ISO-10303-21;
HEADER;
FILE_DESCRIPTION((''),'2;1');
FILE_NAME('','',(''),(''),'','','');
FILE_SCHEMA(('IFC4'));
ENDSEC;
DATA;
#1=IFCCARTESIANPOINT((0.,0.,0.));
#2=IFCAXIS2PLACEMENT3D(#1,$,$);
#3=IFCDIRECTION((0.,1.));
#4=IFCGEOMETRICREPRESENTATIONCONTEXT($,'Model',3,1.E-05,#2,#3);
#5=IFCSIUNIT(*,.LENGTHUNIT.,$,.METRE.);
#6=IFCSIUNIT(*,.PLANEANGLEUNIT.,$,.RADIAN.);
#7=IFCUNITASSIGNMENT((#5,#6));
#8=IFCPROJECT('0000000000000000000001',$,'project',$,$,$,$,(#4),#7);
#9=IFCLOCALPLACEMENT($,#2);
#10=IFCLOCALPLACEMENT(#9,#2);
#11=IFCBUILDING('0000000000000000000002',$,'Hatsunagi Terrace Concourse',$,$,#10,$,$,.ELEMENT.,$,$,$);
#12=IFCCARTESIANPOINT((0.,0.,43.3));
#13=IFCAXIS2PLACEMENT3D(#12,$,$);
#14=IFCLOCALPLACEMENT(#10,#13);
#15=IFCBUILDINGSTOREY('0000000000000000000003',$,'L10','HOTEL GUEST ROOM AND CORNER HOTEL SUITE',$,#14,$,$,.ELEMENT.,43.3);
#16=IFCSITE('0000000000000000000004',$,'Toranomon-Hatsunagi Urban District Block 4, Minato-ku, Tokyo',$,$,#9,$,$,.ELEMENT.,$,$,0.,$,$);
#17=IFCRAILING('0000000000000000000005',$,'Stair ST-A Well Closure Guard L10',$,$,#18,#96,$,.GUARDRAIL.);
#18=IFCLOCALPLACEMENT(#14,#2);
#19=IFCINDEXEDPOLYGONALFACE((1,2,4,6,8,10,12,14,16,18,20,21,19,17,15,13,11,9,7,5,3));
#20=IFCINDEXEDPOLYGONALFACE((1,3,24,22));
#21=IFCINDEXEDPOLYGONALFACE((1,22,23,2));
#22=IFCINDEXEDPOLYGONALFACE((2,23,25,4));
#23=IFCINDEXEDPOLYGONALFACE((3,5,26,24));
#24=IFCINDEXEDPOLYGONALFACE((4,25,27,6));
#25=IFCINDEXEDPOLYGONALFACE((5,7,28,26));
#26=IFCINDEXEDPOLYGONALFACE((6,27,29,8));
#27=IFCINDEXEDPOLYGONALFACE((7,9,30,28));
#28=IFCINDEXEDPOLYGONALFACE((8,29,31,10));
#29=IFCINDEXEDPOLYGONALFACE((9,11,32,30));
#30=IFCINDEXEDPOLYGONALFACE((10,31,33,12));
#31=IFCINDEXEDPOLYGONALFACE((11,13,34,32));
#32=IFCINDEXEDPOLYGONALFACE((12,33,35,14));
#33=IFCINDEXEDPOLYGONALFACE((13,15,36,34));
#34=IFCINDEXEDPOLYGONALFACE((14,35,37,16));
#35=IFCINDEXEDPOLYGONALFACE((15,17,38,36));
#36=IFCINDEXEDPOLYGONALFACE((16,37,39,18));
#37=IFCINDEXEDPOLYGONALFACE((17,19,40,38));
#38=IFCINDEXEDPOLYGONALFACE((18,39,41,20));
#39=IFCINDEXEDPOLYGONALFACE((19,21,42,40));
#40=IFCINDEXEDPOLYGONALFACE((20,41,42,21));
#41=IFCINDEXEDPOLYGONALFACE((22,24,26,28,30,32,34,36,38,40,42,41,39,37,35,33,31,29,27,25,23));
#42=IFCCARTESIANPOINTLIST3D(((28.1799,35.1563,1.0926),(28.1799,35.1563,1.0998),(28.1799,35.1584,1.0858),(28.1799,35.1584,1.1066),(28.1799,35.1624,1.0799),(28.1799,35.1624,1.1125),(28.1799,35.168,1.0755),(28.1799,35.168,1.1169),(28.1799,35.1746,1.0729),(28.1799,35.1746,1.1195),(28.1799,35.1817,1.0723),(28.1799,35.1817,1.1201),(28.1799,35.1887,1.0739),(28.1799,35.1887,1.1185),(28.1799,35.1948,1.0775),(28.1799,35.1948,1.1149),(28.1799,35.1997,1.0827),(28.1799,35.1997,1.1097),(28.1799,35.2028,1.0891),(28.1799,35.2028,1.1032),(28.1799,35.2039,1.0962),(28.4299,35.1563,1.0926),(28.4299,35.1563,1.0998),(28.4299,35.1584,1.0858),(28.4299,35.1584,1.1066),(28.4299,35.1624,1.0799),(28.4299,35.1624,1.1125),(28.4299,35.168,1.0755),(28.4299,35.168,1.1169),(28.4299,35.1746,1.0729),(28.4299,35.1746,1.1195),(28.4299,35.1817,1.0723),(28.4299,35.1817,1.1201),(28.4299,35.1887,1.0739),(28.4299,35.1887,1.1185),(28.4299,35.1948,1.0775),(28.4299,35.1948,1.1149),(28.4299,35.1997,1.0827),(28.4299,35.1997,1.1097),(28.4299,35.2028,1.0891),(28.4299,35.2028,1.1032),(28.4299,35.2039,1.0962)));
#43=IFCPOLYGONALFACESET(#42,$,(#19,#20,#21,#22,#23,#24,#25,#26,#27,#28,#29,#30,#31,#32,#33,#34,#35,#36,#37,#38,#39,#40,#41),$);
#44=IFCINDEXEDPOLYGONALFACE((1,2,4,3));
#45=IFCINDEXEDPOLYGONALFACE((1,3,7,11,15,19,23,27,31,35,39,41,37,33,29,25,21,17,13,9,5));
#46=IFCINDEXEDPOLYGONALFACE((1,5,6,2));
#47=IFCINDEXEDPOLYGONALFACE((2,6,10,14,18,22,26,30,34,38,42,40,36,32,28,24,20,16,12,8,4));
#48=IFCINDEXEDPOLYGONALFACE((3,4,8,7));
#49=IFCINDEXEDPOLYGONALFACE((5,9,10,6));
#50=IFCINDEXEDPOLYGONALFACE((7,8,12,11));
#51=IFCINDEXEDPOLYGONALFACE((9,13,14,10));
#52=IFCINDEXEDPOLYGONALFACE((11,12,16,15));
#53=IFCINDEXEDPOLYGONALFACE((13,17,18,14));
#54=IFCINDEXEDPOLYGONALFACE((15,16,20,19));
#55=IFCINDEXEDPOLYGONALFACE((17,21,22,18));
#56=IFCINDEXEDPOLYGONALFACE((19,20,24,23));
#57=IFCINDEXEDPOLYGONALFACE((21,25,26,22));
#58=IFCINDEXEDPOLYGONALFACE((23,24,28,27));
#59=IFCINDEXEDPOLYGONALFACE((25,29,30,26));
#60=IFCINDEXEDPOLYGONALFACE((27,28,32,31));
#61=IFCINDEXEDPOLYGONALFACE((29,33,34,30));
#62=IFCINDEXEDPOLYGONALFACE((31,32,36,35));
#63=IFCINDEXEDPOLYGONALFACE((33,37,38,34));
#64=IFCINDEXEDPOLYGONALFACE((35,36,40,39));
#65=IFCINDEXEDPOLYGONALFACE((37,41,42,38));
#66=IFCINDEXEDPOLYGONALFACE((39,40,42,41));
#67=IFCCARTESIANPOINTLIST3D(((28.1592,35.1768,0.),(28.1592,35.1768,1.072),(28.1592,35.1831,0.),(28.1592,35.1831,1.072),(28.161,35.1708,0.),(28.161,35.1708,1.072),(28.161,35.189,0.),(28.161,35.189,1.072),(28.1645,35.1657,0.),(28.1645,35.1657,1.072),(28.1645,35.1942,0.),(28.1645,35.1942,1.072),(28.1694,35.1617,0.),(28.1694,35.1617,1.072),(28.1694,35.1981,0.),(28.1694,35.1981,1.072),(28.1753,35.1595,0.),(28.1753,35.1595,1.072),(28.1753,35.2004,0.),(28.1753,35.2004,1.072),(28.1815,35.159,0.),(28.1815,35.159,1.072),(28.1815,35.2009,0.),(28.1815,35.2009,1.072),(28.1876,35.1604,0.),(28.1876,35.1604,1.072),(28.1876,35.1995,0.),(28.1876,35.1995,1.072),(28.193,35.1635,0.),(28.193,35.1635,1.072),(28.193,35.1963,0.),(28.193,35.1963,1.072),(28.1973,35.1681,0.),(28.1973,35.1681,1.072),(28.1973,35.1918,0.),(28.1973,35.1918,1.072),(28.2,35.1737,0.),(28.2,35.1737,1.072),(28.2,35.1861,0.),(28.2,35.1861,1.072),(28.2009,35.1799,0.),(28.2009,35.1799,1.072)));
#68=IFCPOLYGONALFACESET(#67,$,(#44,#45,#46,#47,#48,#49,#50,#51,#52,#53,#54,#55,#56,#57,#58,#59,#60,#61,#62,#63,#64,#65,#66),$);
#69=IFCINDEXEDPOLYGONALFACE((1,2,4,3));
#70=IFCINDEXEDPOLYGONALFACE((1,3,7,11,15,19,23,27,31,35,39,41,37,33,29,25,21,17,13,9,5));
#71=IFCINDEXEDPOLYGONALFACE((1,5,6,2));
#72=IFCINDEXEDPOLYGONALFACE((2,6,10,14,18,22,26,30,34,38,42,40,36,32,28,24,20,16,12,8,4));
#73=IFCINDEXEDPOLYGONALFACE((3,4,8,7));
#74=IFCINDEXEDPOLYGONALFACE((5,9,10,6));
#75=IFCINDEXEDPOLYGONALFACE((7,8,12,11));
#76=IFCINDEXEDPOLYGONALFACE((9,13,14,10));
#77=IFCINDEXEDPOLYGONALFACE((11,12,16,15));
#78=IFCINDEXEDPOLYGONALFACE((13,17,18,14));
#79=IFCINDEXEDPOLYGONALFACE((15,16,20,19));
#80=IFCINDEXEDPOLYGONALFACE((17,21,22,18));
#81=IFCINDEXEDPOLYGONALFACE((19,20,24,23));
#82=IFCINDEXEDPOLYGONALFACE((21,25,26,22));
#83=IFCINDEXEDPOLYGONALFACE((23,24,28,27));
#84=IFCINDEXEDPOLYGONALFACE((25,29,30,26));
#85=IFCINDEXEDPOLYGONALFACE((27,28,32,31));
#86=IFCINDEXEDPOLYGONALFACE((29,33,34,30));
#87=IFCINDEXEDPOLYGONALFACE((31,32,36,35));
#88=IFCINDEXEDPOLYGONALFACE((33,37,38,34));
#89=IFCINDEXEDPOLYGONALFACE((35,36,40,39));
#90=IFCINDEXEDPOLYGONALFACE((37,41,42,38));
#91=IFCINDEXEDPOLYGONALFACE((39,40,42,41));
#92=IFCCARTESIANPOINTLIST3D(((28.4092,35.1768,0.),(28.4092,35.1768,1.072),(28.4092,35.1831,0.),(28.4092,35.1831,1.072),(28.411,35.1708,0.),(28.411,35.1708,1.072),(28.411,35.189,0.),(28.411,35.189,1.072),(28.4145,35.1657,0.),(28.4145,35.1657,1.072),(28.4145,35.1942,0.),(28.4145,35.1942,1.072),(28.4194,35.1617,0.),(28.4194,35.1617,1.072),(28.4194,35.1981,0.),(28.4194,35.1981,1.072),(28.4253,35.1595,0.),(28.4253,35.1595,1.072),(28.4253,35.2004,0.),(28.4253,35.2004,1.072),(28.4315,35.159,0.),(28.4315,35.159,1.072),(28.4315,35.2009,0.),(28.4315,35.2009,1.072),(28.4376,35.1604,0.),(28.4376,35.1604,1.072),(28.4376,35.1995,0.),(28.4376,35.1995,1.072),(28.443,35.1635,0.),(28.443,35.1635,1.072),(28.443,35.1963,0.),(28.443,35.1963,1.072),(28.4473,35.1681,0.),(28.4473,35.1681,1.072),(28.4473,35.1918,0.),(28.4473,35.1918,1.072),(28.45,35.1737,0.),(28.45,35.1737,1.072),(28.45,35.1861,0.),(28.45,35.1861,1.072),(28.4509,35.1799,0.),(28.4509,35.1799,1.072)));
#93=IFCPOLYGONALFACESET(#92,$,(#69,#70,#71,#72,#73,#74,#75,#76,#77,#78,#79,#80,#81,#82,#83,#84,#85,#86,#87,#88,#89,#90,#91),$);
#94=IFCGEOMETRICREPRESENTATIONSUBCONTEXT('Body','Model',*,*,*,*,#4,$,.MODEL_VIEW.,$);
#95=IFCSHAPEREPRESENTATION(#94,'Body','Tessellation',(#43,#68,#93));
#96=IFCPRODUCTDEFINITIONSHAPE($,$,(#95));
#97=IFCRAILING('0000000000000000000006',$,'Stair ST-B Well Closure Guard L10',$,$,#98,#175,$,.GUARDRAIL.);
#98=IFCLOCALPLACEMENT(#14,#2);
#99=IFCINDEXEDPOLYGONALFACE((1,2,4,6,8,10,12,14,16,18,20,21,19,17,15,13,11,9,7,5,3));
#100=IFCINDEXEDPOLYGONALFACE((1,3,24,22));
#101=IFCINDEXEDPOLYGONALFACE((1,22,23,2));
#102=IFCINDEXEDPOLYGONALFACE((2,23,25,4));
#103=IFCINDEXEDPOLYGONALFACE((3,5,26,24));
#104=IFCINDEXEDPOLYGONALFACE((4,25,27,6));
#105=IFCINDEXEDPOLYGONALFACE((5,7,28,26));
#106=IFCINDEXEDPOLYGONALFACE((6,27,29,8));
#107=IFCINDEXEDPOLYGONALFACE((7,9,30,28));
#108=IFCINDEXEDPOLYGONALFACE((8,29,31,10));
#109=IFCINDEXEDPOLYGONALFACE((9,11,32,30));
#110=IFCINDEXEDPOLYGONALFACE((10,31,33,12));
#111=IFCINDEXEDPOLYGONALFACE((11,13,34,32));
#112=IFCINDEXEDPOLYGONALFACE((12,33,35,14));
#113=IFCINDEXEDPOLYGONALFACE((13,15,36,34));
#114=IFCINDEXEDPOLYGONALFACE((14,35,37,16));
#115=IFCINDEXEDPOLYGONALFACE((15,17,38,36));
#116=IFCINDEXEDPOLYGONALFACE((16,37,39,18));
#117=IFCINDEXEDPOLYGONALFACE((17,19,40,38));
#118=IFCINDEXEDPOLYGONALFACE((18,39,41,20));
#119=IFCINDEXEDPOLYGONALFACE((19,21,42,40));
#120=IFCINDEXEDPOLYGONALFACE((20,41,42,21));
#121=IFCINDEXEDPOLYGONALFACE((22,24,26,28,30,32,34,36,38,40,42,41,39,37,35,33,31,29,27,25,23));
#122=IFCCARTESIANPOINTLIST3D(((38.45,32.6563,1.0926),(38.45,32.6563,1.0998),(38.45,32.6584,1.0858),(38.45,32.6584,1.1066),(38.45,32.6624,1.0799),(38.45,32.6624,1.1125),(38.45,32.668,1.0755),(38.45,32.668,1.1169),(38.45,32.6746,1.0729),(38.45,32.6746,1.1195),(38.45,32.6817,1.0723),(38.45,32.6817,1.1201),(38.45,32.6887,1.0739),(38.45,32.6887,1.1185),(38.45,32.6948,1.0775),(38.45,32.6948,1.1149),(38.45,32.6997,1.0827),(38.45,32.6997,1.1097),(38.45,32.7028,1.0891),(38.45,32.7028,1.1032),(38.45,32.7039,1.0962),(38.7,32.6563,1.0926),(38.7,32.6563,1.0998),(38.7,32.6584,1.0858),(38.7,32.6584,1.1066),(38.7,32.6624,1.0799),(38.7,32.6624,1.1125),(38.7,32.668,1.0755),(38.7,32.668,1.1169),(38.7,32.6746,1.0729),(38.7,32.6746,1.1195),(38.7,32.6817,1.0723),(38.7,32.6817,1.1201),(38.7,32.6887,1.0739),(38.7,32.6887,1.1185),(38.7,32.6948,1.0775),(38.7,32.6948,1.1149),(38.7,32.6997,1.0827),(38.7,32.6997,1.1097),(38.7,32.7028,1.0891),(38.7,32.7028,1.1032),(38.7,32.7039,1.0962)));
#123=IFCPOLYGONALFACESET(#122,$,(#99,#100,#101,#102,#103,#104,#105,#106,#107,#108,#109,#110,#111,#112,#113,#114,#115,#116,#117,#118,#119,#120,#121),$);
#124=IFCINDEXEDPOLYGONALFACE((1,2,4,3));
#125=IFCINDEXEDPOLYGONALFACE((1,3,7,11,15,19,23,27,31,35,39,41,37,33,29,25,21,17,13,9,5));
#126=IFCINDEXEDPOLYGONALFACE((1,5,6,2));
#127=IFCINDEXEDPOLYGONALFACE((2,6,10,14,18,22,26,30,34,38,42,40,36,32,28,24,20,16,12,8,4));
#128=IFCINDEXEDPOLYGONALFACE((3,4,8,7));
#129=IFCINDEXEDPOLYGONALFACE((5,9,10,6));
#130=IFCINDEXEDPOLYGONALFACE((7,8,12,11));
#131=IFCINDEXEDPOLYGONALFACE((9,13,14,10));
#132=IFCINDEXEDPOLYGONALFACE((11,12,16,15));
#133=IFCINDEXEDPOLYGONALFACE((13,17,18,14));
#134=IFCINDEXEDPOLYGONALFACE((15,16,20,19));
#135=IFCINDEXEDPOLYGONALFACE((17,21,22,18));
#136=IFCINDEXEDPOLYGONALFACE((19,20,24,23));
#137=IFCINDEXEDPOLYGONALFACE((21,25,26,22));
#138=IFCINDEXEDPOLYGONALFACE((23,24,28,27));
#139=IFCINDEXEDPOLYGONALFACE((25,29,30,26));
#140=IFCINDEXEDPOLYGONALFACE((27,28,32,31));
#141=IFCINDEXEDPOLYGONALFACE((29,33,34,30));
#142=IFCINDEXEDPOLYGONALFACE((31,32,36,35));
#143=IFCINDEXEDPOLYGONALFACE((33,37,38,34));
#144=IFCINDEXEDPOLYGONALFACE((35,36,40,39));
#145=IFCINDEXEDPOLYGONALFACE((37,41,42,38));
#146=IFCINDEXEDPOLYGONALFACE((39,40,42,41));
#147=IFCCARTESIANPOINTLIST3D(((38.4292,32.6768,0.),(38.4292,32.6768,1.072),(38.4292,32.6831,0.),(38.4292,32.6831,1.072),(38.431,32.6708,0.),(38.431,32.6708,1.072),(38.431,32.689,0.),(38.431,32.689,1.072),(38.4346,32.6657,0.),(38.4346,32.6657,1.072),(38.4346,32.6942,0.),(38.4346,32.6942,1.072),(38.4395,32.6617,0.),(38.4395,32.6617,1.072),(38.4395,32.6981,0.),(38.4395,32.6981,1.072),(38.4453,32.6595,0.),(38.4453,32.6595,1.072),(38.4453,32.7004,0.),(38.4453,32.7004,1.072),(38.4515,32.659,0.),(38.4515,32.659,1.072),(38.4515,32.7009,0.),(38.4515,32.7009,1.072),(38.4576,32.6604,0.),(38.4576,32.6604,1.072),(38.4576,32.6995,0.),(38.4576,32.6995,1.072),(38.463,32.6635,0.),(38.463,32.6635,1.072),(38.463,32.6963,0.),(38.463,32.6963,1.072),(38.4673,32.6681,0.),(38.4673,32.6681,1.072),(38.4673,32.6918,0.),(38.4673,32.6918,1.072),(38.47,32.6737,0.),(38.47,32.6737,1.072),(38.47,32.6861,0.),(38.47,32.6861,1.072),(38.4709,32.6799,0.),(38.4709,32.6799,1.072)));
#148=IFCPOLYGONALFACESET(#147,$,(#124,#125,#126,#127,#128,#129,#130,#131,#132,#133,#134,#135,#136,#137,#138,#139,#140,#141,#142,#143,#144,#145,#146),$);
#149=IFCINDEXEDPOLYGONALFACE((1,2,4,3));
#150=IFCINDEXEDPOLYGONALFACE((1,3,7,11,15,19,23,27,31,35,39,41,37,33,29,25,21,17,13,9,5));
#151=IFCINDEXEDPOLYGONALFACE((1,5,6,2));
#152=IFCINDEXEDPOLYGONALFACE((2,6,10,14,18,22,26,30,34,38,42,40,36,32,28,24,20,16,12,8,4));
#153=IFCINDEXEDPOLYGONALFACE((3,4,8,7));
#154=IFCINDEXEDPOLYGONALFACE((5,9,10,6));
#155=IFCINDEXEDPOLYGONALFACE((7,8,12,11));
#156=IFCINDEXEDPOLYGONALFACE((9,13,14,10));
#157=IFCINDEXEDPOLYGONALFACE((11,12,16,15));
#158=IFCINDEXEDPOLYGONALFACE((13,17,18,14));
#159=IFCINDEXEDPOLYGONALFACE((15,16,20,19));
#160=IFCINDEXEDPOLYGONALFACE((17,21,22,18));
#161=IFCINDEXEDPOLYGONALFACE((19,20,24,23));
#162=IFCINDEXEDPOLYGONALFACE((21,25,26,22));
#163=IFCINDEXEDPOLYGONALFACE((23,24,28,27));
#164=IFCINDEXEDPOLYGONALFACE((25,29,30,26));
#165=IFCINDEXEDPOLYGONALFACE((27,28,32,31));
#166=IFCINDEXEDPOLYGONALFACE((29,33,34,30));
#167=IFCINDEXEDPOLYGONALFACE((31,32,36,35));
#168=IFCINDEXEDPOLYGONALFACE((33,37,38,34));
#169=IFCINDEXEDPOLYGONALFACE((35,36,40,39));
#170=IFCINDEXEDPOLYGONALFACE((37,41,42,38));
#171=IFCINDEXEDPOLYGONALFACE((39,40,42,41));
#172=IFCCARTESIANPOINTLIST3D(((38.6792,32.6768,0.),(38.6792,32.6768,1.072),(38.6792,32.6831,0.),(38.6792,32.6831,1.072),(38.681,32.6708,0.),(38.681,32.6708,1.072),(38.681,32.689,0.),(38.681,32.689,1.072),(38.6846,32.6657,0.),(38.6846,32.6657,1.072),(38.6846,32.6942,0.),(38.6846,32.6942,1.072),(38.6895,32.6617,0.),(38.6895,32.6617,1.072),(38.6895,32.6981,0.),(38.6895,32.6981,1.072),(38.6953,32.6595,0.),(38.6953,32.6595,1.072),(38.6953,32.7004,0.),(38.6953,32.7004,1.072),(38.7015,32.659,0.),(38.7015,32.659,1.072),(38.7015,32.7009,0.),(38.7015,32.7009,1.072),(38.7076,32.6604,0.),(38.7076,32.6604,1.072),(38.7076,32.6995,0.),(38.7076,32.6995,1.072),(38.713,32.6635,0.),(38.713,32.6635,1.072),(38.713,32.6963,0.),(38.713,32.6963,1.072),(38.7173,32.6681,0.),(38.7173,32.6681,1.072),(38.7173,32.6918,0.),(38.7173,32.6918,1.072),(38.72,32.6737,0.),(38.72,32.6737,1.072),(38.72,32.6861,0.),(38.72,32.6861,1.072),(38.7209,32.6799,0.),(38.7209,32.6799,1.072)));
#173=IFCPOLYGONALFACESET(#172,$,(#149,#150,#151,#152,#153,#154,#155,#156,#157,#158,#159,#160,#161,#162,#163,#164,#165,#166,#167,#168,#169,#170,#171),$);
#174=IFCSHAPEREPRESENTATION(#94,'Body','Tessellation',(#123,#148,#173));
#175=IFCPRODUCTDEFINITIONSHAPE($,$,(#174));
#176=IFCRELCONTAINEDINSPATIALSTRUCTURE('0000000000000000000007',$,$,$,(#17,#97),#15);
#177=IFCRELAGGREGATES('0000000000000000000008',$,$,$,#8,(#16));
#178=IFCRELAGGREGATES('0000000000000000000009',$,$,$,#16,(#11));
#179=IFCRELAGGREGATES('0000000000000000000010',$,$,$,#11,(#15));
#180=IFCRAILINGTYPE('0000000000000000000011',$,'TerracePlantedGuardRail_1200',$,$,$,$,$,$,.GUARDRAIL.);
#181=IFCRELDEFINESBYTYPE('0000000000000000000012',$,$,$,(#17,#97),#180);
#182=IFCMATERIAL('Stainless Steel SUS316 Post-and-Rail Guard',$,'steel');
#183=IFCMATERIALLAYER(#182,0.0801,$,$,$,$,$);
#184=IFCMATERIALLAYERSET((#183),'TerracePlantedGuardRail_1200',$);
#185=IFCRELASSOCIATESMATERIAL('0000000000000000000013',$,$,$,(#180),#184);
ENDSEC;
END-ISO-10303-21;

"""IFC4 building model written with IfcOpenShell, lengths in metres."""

from ifc_helpers import new_model, si_unit, direction, frame, origin, origin_2d, place, context, subcontext, project, spatial, circle, extrude, material, layer, layer_set, type_object, element, save


model = new_model("IFC4")

# Units and contexts
model_context = context("Model", 3, precision=1e-05, world=origin(), true_north=direction((0.0, 1.0)))
body_context = subcontext(model_context, "Body", "Model", "MODEL_VIEW")
ifc_project = project(units=[si_unit("LENGTHUNIT", "METRE"), si_unit("PLANEANGLEUNIT", "RADIAN")], contexts=[model_context])

# Site, building, storey
site_placement = place(None, origin())
site = spatial("IfcSite", under=ifc_project, at=site_placement, Name="Toranomon-Hatsunagi Urban District Block 4, Minato-ku, Tokyo", CompositionType="ELEMENT", RefElevation=0.0)
building_placement = place(site_placement, origin())
building = spatial("IfcBuilding", under=site, at=building_placement, Name="Hatsunagi Terrace Concourse", CompositionType="ELEMENT")
storey_placement = place(building_placement, frame((0.0, 0.0, 43.3)))
storey = spatial("IfcBuildingStorey", under=building, at=storey_placement, Name="L10", Description="HOTEL GUEST ROOM AND CORNER HOTEL SUITE", CompositionType="ELEMENT", Elevation=43.3)

# Railings
ifc_material_1 = material(Name="Stainless Steel SUS316 Post-and-Rail Guard", Category="steel")
ifc_layer_1 = layer(ifc_material_1, 0.0801)
ifc_layer_set_1 = layer_set([ifc_layer_1], Name="TerracePlantedGuardRail_1200")
railing_type_1 = type_object("IfcRailingType", Name="TerracePlantedGuardRail_1200", PredefinedType="GUARDRAIL", material=ifc_layer_set_1)
for number, where, name in (
    (1, (28.1799, 35.1799, 0.0), "Stair ST-A Well Closure Guard L10"),
    (2, (38.45, 32.6799, 0.0), "Stair ST-B Well Closure Guard L10"),
):
    element("IfcRailing", number, at=place(storey_placement, frame(where)), inside=storey, type_object=railing_type_1, Name=name, PredefinedType="GUARDRAIL", context=body_context, shape_type="SweptSolid", body=[
        extrude(circle(Radius=0.0239, at=origin_2d()), frame((0.0, 0.0, 1.0962), z_axis=(1.0, 0.0, 0.0), x_axis=(0.0, 1.0, 0.0)), (0.0, 0.0, 1.0), 0.25),
        extrude(circle(Radius=0.021, at=origin_2d()), origin(), (0.0, 0.0, 1.0), 1.072),
        extrude(circle(Radius=0.021, at=origin_2d()), frame((0.25, 0.0, 0.0)), (0.0, 0.0, 1.0), 1.072),
    ])

save(model, "model.ifc")
